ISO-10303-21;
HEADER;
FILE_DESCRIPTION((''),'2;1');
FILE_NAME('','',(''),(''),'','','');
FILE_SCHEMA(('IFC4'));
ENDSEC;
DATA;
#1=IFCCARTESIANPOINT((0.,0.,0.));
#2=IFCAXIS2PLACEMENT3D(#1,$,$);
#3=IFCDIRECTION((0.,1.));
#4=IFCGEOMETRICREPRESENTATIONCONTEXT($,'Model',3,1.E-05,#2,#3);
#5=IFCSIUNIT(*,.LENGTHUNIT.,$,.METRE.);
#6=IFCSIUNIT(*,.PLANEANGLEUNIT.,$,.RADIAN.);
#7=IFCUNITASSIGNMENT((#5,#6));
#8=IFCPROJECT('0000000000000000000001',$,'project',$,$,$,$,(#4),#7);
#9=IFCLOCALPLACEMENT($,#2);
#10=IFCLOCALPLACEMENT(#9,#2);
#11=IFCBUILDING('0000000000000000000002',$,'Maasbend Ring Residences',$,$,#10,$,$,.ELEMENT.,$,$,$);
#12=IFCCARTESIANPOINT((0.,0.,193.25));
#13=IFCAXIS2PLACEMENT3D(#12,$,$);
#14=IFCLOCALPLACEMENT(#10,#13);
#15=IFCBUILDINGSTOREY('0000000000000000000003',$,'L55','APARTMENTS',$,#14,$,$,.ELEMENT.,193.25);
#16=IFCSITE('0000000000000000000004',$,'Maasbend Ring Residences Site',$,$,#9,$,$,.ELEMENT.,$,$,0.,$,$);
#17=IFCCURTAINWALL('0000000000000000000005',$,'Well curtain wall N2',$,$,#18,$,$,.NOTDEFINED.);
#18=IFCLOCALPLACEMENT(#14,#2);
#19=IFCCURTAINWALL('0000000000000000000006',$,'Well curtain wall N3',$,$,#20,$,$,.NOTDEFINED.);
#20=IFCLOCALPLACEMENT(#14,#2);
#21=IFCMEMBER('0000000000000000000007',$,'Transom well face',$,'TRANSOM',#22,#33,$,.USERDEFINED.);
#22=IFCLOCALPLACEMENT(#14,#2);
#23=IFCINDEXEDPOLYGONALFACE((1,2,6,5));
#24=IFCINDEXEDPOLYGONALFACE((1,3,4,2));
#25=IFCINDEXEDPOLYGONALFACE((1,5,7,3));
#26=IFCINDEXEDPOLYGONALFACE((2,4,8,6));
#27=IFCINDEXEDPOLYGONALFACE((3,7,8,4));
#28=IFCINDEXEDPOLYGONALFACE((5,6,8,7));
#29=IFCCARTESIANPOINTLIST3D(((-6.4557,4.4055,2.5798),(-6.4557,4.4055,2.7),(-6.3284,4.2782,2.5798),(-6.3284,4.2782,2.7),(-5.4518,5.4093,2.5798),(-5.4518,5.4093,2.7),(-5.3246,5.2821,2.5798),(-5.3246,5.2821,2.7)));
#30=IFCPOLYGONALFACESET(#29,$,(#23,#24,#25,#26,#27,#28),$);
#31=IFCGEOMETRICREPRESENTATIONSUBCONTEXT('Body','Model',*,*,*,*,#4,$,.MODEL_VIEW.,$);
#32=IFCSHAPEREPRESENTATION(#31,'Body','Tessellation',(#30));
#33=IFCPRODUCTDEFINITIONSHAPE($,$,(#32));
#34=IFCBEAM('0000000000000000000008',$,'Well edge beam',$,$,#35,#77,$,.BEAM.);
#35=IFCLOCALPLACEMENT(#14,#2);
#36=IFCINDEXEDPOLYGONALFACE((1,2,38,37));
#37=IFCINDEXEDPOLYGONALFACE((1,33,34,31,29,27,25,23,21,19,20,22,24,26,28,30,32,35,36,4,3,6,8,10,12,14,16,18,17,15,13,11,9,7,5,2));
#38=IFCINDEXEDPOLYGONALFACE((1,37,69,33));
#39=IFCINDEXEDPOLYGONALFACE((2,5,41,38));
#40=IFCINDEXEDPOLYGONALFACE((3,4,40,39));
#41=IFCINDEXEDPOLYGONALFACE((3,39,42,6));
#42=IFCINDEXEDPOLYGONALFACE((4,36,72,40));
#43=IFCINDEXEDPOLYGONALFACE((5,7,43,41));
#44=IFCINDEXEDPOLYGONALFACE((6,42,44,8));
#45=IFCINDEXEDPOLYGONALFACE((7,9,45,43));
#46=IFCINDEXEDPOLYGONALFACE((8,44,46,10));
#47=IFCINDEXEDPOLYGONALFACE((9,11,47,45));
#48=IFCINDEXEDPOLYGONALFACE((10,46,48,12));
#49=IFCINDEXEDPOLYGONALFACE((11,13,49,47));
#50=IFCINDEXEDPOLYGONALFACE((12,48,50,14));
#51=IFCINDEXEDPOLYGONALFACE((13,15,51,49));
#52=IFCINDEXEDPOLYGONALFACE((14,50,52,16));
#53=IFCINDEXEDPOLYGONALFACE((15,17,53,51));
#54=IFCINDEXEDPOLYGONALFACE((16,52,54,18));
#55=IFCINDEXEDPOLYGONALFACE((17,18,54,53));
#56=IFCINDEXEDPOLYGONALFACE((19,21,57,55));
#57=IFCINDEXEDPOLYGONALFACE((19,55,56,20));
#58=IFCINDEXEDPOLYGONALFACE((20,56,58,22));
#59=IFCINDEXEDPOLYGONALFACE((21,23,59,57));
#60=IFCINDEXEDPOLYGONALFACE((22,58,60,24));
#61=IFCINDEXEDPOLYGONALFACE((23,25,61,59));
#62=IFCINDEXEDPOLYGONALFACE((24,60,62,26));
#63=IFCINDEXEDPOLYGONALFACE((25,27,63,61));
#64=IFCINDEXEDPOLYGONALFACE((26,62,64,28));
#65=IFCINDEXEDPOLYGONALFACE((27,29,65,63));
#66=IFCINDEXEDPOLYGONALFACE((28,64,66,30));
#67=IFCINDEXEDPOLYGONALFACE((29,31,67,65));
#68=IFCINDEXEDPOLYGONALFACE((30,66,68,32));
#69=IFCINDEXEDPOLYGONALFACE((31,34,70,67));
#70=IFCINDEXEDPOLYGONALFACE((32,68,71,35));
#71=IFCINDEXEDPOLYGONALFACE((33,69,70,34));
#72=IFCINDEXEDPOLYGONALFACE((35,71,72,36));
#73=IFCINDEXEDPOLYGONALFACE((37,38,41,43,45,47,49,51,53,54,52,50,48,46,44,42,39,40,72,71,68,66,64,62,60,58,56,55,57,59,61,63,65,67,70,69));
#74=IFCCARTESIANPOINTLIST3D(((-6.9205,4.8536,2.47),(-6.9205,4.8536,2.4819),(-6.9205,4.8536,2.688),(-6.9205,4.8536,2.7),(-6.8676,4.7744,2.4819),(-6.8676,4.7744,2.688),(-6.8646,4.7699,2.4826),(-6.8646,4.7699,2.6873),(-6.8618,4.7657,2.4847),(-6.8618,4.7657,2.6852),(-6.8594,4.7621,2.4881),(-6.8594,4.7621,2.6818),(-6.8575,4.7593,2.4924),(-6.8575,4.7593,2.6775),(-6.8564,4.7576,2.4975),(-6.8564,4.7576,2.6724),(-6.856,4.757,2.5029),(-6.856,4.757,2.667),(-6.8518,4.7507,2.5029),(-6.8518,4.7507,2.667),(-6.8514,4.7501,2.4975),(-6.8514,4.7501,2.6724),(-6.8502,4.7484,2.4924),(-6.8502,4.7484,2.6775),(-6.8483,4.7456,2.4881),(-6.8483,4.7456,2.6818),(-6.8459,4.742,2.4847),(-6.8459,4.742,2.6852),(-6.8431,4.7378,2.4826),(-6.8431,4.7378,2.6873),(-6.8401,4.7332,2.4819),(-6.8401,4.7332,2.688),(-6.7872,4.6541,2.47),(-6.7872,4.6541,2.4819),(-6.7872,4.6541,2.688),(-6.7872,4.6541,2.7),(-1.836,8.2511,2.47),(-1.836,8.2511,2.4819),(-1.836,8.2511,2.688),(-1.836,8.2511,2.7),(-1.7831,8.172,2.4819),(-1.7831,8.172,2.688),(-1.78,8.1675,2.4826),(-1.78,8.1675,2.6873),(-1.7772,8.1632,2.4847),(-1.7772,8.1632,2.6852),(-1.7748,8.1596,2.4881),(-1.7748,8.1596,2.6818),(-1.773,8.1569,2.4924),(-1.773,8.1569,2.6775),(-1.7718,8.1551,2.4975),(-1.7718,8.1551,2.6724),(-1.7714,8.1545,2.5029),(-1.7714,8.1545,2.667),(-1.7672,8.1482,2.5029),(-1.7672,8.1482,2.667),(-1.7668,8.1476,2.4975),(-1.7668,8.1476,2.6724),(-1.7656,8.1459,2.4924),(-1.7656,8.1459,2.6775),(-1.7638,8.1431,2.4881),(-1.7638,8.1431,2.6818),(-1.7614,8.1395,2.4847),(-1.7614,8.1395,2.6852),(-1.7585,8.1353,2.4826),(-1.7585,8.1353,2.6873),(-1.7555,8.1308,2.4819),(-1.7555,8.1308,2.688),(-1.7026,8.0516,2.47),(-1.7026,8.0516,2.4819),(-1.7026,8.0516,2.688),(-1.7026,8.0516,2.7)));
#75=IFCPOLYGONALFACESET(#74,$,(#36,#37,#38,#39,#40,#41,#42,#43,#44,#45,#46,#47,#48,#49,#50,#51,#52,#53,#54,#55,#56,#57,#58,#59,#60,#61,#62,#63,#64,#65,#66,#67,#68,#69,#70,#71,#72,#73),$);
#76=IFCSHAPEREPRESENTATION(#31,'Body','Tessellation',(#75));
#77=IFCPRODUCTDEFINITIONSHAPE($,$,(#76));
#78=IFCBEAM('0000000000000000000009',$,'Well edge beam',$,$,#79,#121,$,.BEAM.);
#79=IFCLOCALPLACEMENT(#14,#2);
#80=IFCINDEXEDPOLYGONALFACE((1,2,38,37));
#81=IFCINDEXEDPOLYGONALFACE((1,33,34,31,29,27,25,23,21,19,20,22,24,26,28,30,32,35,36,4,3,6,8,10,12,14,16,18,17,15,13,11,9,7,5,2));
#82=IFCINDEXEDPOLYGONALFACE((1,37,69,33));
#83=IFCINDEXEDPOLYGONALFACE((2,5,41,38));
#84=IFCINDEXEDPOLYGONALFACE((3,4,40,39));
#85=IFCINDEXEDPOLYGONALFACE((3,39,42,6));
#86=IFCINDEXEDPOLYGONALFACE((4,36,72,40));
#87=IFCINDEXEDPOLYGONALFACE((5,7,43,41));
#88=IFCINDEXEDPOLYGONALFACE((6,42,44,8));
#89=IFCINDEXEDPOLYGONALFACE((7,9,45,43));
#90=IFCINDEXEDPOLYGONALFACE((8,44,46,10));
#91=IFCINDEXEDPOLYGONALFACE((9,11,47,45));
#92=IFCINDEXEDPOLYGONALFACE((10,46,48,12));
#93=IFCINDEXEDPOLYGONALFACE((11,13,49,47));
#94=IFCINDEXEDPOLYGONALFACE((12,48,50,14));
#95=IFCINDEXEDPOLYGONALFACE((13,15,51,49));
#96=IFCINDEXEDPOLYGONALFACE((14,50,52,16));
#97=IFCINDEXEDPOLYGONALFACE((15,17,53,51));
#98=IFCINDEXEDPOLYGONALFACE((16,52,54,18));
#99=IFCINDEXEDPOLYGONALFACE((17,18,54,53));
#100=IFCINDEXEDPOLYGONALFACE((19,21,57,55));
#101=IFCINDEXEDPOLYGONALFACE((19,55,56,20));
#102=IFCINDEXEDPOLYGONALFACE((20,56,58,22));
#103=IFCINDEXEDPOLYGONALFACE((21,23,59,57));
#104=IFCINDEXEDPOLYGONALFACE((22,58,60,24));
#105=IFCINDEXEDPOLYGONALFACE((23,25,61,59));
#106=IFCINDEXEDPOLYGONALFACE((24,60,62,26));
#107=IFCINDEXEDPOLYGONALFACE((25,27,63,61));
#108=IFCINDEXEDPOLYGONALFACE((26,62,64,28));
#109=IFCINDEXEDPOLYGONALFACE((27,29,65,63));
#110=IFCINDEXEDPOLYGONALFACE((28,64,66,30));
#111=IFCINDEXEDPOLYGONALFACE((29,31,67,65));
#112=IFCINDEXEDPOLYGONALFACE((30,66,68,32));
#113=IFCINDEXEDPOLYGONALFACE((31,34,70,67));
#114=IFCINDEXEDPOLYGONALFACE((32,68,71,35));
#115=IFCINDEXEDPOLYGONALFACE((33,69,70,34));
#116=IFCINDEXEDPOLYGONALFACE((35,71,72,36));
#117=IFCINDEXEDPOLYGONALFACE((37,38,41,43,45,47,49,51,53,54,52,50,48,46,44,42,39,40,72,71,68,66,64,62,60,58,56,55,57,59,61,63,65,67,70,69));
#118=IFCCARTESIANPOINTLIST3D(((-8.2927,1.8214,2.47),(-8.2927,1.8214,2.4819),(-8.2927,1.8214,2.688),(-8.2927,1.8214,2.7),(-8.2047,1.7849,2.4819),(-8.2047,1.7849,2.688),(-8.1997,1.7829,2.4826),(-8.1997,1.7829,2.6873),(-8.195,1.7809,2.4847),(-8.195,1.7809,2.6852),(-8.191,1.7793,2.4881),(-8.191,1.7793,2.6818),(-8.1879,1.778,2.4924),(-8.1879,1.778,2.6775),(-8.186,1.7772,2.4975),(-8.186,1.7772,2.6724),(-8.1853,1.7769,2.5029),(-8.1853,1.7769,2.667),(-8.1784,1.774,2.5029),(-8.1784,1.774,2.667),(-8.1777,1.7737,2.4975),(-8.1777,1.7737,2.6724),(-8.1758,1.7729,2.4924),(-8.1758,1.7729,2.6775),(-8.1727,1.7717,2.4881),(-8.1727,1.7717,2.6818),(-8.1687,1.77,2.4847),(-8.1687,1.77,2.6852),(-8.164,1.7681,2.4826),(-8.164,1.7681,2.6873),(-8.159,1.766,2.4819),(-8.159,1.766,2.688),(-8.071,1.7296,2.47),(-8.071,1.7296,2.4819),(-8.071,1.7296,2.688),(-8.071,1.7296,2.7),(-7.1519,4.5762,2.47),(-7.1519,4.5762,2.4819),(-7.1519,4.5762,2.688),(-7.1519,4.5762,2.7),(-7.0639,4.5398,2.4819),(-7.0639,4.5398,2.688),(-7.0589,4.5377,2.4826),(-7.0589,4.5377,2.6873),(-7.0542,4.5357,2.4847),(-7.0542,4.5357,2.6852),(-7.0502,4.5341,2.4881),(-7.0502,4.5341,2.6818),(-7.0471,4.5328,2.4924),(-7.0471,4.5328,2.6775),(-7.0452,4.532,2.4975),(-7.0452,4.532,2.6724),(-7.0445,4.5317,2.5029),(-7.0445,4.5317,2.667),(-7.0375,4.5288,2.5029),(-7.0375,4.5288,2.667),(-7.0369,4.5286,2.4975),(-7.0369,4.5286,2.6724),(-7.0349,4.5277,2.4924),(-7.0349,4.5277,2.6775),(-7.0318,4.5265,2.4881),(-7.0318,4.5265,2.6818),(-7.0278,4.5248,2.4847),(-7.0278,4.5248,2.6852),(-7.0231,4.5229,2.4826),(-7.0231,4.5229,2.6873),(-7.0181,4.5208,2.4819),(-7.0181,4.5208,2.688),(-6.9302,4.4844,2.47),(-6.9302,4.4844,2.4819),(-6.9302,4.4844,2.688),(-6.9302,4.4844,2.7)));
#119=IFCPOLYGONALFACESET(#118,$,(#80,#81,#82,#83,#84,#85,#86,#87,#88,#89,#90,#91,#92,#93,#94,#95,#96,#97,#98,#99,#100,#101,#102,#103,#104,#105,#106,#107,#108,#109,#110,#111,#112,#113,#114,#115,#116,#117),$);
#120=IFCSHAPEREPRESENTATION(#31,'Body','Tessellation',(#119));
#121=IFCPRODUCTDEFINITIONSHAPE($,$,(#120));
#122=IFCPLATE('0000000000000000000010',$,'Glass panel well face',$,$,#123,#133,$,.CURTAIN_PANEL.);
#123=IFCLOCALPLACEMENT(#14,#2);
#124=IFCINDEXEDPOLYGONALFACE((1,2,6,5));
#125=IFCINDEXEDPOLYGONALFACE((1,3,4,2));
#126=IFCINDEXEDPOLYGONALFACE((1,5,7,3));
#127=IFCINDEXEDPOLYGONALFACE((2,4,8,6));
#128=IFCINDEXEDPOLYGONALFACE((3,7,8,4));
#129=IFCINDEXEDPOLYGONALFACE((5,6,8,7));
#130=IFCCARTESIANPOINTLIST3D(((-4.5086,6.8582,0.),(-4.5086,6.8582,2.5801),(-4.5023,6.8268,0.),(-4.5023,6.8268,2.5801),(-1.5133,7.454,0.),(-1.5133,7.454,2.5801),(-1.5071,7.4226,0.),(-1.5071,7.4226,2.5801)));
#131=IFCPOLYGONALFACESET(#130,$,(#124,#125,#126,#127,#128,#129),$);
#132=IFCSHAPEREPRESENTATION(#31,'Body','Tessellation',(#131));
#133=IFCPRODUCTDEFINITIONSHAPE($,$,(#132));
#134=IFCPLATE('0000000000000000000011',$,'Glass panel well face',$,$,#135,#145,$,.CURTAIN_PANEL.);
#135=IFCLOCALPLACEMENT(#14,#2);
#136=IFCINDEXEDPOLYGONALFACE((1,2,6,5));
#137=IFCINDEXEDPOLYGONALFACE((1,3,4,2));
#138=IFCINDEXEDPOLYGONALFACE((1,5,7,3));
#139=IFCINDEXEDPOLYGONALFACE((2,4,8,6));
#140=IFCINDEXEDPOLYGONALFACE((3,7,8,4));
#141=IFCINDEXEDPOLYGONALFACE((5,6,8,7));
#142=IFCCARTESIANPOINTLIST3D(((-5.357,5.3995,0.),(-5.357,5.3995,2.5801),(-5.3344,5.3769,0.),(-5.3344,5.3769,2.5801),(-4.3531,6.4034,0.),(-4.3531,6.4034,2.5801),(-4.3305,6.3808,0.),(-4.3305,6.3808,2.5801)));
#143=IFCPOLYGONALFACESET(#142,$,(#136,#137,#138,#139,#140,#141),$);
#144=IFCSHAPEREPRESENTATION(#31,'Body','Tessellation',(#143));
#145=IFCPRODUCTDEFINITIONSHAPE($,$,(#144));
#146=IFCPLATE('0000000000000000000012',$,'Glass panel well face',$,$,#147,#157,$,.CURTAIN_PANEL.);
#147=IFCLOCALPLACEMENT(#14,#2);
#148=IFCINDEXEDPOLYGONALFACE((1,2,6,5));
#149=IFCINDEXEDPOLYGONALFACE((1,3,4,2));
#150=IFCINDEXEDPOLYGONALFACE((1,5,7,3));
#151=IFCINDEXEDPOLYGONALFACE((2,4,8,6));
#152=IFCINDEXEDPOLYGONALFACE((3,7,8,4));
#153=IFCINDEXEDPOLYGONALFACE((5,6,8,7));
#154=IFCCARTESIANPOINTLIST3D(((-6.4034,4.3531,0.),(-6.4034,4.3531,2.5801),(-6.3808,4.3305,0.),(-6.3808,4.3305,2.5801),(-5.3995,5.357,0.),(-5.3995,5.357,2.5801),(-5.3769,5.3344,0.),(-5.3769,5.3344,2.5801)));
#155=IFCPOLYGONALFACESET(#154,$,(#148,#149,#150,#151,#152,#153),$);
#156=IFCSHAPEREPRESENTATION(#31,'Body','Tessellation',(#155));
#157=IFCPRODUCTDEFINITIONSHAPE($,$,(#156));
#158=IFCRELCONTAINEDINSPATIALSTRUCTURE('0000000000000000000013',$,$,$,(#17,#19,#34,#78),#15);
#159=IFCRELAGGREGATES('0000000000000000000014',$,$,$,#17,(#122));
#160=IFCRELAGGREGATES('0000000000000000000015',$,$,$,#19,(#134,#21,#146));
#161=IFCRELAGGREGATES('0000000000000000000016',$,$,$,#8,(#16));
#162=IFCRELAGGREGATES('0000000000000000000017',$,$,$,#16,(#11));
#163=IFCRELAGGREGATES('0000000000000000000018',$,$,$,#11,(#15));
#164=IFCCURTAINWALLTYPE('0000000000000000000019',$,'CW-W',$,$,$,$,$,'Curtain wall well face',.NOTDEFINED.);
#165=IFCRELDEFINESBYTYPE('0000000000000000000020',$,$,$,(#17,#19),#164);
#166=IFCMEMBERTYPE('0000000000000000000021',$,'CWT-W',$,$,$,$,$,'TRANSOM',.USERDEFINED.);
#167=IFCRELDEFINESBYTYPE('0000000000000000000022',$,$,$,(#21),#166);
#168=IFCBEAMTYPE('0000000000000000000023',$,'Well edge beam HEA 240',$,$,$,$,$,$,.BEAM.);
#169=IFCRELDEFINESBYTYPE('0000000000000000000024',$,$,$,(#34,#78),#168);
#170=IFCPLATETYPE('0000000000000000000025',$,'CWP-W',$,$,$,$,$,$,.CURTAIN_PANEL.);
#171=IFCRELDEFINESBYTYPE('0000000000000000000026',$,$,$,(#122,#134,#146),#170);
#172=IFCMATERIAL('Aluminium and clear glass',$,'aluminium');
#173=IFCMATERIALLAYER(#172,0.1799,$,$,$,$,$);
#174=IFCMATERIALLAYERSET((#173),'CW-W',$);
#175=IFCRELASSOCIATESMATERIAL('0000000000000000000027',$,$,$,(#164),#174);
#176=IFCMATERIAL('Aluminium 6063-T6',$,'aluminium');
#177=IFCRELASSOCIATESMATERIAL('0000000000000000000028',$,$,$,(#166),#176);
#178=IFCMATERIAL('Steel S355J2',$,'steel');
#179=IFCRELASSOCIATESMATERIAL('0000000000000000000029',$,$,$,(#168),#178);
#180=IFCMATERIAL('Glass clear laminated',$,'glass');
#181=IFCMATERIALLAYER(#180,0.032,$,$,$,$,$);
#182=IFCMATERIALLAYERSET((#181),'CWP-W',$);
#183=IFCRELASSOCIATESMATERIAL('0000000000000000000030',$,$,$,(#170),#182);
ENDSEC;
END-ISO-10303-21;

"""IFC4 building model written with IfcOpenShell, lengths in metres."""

from ifc_helpers import new_model, si_unit, direction, frame, origin, origin_2d, place, context, subcontext, project, spatial, rectangle, i_section, extrude, material, layer, layer_set, material_profile, profile_set, type_object, element, aggregate, save


model = new_model("IFC4")

# Units and contexts
model_context = context("Model", 3, precision=1e-05, world=origin(), true_north=direction((0.0, 1.0)))
body_context = subcontext(model_context, "Body", "Model", "MODEL_VIEW")
ifc_project = project(units=[si_unit("LENGTHUNIT", "METRE"), si_unit("PLANEANGLEUNIT", "RADIAN")], contexts=[model_context])

# Site, building, storey
site_placement = place(None, origin())
site = spatial("IfcSite", under=ifc_project, at=site_placement, Name="Maasbend Ring Residences Site", CompositionType="ELEMENT", RefElevation=0.0)
building_placement = place(site_placement, origin())
building = spatial("IfcBuilding", under=site, at=building_placement, Name="Maasbend Ring Residences", CompositionType="ELEMENT")
storey_placement = place(building_placement, frame((0.0, 0.0, 193.25)))
storey = spatial("IfcBuildingStorey", under=building, at=storey_placement, Name="L55", Description="APARTMENTS", CompositionType="ELEMENT", Elevation=193.25)

# Curtain walls
ifc_material_1 = material(Name="Aluminium and clear glass", Category="aluminium")
ifc_layer_1 = layer(ifc_material_1, 0.1799)
ifc_layer_set_1 = layer_set([ifc_layer_1], Name="CW-W")
curtain_wall_type = type_object("IfcCurtainWallType", Name="CW-W", ElementType="Curtain wall well face", PredefinedType="NOTDEFINED", material=ifc_layer_set_1)
curtain_wall_1_placement = place(storey_placement, origin())
curtain_wall_1 = element("IfcCurtainWall", 1, at=curtain_wall_1_placement, inside=storey, type_object=curtain_wall_type, Name="Well curtain wall N2", PredefinedType="NOTDEFINED")
curtain_wall_2_placement = place(storey_placement, origin())
curtain_wall_2 = element("IfcCurtainWall", 2, at=curtain_wall_2_placement, inside=storey, type_object=curtain_wall_type, Name="Well curtain wall N3", PredefinedType="NOTDEFINED")

# Member
ifc_material_2 = material(Name="Aluminium 6063-T6", Category="aluminium")
ifc_material_profile_1 = material_profile(ifc_material_2, rectangle(XDim=0.1799, YDim=0.1201, at=origin_2d()), Name="AL 180x120")
ifc_profile_set_1 = profile_set([ifc_material_profile_1], Name="Aluminium 6063-T6")
member_type_1 = type_object("IfcMemberType", Name="CWT-W", ElementType="TRANSOM", PredefinedType="USERDEFINED", material=ifc_profile_set_1)
member_1_placement = place(storey_placement, frame((-5.3882, 5.3457, 2.6399), z_axis=(-0.707107, -0.707107, 0.0), x_axis=(0.707107, -0.707107, 0.0)))
member_1 = element("IfcMember", 3, at=member_1_placement, type_object=member_type_1, Name="Transom well face", ObjectType="TRANSOM", PredefinedType="USERDEFINED", context=body_context, shape_type="SweptSolid", body=[
    extrude(rectangle(XDim=0.1799, YDim=0.1201, at=origin_2d()), origin(), (0.0, 0.0, 1.0), 1.4197),
])

# Beams
ifc_material_3 = material(Name="Steel S355J2", Category="steel")
ifc_material_profile_2 = material_profile(ifc_material_3, i_section(OverallWidth=0.24, OverallDepth=0.23, WebThickness=0.0076, FlangeThickness=0.012, FilletRadius=0.021, at=origin_2d()), Name="HEA 240")
ifc_profile_set_2 = profile_set([ifc_material_profile_2], Name="Steel S355J2")
beam_type = type_object("IfcBeamType", Name="Well edge beam HEA 240", PredefinedType="BEAM", material=ifc_profile_set_2)
beam_1_placement = place(storey_placement, frame((-1.7693, 8.1514, 2.585), z_axis=(-0.83146, -0.555584, 0.0), x_axis=(0.555584, -0.83146, 0.0)))
element("IfcBeam", 4, at=beam_1_placement, inside=storey, type_object=beam_type, Name="Well edge beam", PredefinedType="BEAM", context=body_context, shape_type="SweptSolid", body=[
    extrude(i_section(OverallWidth=0.24, OverallDepth=0.23, WebThickness=0.0076, FlangeThickness=0.012, FilletRadius=0.021, at=origin_2d()), origin(), (0.0, 0.0, 1.0), 6.1152),
])
beam_2_placement = place(storey_placement, frame((-7.041, 4.5303, 2.585), z_axis=(-0.382615, -0.923908, 0.0), x_axis=(0.923908, -0.382615, 0.0)))
element("IfcBeam", 5, at=beam_2_placement, inside=storey, type_object=beam_type, Name="Well edge beam", PredefinedType="BEAM", context=body_context, shape_type="SweptSolid", body=[
    extrude(i_section(OverallWidth=0.24, OverallDepth=0.23, WebThickness=0.0076, FlangeThickness=0.012, FilletRadius=0.021, at=origin_2d()), origin(), (0.0, 0.0, 1.0), 2.9817),
])

# Plates
ifc_material_4 = material(Name="Glass clear laminated", Category="glass")
ifc_layer_2 = layer(ifc_material_4, 0.032)
ifc_layer_set_2 = layer_set([ifc_layer_2], Name="CWP-W")
plate_type = type_object("IfcPlateType", Name="CWP-W", PredefinedType="CURTAIN_PANEL", material=ifc_layer_set_2)
plate_1_placement = place(storey_placement, frame((-3.0078, 7.1404, 0.0), z_axis=(0.0, 0.0, 1.0), x_axis=(-0.980785, -0.19509, 0.0)))
plate_1 = element("IfcPlate", 6, at=plate_1_placement, type_object=plate_type, Name="Glass panel well face", PredefinedType="CURTAIN_PANEL", context=body_context, shape_type="SweptSolid", body=[
    extrude(rectangle(XDim=3.054, YDim=0.032, at=origin_2d()), origin(), (0.0, 0.0, 1.0), 2.5801),
])
aggregate(curtain_wall_1, [plate_1])
plate_2_placement = place(storey_placement, frame((-4.8438, 5.8901, 0.0), z_axis=(0.0, 0.0, 1.0), x_axis=(-0.707107, -0.707107, 0.0)))
plate_2 = element("IfcPlate", 7, at=plate_2_placement, type_object=plate_type, Name="Glass panel well face", PredefinedType="CURTAIN_PANEL", context=body_context, shape_type="SweptSolid", body=[
    extrude(rectangle(XDim=1.4197, YDim=0.032, at=origin_2d()), origin(), (0.0, 0.0, 1.0), 2.5801),
])
plate_3_placement = place(storey_placement, frame((-5.8901, 4.8438, 0.0), z_axis=(0.0, 0.0, 1.0), x_axis=(-0.707107, -0.707107, 0.0)))
plate_3 = element("IfcPlate", 8, at=plate_3_placement, type_object=plate_type, Name="Glass panel well face", PredefinedType="CURTAIN_PANEL", context=body_context, shape_type="SweptSolid", body=[
    extrude(rectangle(XDim=1.4197, YDim=0.032, at=origin_2d()), origin(), (0.0, 0.0, 1.0), 2.5801),
])
aggregate(curtain_wall_2, [plate_2, member_1, plate_3])

save(model, "model.ifc")
